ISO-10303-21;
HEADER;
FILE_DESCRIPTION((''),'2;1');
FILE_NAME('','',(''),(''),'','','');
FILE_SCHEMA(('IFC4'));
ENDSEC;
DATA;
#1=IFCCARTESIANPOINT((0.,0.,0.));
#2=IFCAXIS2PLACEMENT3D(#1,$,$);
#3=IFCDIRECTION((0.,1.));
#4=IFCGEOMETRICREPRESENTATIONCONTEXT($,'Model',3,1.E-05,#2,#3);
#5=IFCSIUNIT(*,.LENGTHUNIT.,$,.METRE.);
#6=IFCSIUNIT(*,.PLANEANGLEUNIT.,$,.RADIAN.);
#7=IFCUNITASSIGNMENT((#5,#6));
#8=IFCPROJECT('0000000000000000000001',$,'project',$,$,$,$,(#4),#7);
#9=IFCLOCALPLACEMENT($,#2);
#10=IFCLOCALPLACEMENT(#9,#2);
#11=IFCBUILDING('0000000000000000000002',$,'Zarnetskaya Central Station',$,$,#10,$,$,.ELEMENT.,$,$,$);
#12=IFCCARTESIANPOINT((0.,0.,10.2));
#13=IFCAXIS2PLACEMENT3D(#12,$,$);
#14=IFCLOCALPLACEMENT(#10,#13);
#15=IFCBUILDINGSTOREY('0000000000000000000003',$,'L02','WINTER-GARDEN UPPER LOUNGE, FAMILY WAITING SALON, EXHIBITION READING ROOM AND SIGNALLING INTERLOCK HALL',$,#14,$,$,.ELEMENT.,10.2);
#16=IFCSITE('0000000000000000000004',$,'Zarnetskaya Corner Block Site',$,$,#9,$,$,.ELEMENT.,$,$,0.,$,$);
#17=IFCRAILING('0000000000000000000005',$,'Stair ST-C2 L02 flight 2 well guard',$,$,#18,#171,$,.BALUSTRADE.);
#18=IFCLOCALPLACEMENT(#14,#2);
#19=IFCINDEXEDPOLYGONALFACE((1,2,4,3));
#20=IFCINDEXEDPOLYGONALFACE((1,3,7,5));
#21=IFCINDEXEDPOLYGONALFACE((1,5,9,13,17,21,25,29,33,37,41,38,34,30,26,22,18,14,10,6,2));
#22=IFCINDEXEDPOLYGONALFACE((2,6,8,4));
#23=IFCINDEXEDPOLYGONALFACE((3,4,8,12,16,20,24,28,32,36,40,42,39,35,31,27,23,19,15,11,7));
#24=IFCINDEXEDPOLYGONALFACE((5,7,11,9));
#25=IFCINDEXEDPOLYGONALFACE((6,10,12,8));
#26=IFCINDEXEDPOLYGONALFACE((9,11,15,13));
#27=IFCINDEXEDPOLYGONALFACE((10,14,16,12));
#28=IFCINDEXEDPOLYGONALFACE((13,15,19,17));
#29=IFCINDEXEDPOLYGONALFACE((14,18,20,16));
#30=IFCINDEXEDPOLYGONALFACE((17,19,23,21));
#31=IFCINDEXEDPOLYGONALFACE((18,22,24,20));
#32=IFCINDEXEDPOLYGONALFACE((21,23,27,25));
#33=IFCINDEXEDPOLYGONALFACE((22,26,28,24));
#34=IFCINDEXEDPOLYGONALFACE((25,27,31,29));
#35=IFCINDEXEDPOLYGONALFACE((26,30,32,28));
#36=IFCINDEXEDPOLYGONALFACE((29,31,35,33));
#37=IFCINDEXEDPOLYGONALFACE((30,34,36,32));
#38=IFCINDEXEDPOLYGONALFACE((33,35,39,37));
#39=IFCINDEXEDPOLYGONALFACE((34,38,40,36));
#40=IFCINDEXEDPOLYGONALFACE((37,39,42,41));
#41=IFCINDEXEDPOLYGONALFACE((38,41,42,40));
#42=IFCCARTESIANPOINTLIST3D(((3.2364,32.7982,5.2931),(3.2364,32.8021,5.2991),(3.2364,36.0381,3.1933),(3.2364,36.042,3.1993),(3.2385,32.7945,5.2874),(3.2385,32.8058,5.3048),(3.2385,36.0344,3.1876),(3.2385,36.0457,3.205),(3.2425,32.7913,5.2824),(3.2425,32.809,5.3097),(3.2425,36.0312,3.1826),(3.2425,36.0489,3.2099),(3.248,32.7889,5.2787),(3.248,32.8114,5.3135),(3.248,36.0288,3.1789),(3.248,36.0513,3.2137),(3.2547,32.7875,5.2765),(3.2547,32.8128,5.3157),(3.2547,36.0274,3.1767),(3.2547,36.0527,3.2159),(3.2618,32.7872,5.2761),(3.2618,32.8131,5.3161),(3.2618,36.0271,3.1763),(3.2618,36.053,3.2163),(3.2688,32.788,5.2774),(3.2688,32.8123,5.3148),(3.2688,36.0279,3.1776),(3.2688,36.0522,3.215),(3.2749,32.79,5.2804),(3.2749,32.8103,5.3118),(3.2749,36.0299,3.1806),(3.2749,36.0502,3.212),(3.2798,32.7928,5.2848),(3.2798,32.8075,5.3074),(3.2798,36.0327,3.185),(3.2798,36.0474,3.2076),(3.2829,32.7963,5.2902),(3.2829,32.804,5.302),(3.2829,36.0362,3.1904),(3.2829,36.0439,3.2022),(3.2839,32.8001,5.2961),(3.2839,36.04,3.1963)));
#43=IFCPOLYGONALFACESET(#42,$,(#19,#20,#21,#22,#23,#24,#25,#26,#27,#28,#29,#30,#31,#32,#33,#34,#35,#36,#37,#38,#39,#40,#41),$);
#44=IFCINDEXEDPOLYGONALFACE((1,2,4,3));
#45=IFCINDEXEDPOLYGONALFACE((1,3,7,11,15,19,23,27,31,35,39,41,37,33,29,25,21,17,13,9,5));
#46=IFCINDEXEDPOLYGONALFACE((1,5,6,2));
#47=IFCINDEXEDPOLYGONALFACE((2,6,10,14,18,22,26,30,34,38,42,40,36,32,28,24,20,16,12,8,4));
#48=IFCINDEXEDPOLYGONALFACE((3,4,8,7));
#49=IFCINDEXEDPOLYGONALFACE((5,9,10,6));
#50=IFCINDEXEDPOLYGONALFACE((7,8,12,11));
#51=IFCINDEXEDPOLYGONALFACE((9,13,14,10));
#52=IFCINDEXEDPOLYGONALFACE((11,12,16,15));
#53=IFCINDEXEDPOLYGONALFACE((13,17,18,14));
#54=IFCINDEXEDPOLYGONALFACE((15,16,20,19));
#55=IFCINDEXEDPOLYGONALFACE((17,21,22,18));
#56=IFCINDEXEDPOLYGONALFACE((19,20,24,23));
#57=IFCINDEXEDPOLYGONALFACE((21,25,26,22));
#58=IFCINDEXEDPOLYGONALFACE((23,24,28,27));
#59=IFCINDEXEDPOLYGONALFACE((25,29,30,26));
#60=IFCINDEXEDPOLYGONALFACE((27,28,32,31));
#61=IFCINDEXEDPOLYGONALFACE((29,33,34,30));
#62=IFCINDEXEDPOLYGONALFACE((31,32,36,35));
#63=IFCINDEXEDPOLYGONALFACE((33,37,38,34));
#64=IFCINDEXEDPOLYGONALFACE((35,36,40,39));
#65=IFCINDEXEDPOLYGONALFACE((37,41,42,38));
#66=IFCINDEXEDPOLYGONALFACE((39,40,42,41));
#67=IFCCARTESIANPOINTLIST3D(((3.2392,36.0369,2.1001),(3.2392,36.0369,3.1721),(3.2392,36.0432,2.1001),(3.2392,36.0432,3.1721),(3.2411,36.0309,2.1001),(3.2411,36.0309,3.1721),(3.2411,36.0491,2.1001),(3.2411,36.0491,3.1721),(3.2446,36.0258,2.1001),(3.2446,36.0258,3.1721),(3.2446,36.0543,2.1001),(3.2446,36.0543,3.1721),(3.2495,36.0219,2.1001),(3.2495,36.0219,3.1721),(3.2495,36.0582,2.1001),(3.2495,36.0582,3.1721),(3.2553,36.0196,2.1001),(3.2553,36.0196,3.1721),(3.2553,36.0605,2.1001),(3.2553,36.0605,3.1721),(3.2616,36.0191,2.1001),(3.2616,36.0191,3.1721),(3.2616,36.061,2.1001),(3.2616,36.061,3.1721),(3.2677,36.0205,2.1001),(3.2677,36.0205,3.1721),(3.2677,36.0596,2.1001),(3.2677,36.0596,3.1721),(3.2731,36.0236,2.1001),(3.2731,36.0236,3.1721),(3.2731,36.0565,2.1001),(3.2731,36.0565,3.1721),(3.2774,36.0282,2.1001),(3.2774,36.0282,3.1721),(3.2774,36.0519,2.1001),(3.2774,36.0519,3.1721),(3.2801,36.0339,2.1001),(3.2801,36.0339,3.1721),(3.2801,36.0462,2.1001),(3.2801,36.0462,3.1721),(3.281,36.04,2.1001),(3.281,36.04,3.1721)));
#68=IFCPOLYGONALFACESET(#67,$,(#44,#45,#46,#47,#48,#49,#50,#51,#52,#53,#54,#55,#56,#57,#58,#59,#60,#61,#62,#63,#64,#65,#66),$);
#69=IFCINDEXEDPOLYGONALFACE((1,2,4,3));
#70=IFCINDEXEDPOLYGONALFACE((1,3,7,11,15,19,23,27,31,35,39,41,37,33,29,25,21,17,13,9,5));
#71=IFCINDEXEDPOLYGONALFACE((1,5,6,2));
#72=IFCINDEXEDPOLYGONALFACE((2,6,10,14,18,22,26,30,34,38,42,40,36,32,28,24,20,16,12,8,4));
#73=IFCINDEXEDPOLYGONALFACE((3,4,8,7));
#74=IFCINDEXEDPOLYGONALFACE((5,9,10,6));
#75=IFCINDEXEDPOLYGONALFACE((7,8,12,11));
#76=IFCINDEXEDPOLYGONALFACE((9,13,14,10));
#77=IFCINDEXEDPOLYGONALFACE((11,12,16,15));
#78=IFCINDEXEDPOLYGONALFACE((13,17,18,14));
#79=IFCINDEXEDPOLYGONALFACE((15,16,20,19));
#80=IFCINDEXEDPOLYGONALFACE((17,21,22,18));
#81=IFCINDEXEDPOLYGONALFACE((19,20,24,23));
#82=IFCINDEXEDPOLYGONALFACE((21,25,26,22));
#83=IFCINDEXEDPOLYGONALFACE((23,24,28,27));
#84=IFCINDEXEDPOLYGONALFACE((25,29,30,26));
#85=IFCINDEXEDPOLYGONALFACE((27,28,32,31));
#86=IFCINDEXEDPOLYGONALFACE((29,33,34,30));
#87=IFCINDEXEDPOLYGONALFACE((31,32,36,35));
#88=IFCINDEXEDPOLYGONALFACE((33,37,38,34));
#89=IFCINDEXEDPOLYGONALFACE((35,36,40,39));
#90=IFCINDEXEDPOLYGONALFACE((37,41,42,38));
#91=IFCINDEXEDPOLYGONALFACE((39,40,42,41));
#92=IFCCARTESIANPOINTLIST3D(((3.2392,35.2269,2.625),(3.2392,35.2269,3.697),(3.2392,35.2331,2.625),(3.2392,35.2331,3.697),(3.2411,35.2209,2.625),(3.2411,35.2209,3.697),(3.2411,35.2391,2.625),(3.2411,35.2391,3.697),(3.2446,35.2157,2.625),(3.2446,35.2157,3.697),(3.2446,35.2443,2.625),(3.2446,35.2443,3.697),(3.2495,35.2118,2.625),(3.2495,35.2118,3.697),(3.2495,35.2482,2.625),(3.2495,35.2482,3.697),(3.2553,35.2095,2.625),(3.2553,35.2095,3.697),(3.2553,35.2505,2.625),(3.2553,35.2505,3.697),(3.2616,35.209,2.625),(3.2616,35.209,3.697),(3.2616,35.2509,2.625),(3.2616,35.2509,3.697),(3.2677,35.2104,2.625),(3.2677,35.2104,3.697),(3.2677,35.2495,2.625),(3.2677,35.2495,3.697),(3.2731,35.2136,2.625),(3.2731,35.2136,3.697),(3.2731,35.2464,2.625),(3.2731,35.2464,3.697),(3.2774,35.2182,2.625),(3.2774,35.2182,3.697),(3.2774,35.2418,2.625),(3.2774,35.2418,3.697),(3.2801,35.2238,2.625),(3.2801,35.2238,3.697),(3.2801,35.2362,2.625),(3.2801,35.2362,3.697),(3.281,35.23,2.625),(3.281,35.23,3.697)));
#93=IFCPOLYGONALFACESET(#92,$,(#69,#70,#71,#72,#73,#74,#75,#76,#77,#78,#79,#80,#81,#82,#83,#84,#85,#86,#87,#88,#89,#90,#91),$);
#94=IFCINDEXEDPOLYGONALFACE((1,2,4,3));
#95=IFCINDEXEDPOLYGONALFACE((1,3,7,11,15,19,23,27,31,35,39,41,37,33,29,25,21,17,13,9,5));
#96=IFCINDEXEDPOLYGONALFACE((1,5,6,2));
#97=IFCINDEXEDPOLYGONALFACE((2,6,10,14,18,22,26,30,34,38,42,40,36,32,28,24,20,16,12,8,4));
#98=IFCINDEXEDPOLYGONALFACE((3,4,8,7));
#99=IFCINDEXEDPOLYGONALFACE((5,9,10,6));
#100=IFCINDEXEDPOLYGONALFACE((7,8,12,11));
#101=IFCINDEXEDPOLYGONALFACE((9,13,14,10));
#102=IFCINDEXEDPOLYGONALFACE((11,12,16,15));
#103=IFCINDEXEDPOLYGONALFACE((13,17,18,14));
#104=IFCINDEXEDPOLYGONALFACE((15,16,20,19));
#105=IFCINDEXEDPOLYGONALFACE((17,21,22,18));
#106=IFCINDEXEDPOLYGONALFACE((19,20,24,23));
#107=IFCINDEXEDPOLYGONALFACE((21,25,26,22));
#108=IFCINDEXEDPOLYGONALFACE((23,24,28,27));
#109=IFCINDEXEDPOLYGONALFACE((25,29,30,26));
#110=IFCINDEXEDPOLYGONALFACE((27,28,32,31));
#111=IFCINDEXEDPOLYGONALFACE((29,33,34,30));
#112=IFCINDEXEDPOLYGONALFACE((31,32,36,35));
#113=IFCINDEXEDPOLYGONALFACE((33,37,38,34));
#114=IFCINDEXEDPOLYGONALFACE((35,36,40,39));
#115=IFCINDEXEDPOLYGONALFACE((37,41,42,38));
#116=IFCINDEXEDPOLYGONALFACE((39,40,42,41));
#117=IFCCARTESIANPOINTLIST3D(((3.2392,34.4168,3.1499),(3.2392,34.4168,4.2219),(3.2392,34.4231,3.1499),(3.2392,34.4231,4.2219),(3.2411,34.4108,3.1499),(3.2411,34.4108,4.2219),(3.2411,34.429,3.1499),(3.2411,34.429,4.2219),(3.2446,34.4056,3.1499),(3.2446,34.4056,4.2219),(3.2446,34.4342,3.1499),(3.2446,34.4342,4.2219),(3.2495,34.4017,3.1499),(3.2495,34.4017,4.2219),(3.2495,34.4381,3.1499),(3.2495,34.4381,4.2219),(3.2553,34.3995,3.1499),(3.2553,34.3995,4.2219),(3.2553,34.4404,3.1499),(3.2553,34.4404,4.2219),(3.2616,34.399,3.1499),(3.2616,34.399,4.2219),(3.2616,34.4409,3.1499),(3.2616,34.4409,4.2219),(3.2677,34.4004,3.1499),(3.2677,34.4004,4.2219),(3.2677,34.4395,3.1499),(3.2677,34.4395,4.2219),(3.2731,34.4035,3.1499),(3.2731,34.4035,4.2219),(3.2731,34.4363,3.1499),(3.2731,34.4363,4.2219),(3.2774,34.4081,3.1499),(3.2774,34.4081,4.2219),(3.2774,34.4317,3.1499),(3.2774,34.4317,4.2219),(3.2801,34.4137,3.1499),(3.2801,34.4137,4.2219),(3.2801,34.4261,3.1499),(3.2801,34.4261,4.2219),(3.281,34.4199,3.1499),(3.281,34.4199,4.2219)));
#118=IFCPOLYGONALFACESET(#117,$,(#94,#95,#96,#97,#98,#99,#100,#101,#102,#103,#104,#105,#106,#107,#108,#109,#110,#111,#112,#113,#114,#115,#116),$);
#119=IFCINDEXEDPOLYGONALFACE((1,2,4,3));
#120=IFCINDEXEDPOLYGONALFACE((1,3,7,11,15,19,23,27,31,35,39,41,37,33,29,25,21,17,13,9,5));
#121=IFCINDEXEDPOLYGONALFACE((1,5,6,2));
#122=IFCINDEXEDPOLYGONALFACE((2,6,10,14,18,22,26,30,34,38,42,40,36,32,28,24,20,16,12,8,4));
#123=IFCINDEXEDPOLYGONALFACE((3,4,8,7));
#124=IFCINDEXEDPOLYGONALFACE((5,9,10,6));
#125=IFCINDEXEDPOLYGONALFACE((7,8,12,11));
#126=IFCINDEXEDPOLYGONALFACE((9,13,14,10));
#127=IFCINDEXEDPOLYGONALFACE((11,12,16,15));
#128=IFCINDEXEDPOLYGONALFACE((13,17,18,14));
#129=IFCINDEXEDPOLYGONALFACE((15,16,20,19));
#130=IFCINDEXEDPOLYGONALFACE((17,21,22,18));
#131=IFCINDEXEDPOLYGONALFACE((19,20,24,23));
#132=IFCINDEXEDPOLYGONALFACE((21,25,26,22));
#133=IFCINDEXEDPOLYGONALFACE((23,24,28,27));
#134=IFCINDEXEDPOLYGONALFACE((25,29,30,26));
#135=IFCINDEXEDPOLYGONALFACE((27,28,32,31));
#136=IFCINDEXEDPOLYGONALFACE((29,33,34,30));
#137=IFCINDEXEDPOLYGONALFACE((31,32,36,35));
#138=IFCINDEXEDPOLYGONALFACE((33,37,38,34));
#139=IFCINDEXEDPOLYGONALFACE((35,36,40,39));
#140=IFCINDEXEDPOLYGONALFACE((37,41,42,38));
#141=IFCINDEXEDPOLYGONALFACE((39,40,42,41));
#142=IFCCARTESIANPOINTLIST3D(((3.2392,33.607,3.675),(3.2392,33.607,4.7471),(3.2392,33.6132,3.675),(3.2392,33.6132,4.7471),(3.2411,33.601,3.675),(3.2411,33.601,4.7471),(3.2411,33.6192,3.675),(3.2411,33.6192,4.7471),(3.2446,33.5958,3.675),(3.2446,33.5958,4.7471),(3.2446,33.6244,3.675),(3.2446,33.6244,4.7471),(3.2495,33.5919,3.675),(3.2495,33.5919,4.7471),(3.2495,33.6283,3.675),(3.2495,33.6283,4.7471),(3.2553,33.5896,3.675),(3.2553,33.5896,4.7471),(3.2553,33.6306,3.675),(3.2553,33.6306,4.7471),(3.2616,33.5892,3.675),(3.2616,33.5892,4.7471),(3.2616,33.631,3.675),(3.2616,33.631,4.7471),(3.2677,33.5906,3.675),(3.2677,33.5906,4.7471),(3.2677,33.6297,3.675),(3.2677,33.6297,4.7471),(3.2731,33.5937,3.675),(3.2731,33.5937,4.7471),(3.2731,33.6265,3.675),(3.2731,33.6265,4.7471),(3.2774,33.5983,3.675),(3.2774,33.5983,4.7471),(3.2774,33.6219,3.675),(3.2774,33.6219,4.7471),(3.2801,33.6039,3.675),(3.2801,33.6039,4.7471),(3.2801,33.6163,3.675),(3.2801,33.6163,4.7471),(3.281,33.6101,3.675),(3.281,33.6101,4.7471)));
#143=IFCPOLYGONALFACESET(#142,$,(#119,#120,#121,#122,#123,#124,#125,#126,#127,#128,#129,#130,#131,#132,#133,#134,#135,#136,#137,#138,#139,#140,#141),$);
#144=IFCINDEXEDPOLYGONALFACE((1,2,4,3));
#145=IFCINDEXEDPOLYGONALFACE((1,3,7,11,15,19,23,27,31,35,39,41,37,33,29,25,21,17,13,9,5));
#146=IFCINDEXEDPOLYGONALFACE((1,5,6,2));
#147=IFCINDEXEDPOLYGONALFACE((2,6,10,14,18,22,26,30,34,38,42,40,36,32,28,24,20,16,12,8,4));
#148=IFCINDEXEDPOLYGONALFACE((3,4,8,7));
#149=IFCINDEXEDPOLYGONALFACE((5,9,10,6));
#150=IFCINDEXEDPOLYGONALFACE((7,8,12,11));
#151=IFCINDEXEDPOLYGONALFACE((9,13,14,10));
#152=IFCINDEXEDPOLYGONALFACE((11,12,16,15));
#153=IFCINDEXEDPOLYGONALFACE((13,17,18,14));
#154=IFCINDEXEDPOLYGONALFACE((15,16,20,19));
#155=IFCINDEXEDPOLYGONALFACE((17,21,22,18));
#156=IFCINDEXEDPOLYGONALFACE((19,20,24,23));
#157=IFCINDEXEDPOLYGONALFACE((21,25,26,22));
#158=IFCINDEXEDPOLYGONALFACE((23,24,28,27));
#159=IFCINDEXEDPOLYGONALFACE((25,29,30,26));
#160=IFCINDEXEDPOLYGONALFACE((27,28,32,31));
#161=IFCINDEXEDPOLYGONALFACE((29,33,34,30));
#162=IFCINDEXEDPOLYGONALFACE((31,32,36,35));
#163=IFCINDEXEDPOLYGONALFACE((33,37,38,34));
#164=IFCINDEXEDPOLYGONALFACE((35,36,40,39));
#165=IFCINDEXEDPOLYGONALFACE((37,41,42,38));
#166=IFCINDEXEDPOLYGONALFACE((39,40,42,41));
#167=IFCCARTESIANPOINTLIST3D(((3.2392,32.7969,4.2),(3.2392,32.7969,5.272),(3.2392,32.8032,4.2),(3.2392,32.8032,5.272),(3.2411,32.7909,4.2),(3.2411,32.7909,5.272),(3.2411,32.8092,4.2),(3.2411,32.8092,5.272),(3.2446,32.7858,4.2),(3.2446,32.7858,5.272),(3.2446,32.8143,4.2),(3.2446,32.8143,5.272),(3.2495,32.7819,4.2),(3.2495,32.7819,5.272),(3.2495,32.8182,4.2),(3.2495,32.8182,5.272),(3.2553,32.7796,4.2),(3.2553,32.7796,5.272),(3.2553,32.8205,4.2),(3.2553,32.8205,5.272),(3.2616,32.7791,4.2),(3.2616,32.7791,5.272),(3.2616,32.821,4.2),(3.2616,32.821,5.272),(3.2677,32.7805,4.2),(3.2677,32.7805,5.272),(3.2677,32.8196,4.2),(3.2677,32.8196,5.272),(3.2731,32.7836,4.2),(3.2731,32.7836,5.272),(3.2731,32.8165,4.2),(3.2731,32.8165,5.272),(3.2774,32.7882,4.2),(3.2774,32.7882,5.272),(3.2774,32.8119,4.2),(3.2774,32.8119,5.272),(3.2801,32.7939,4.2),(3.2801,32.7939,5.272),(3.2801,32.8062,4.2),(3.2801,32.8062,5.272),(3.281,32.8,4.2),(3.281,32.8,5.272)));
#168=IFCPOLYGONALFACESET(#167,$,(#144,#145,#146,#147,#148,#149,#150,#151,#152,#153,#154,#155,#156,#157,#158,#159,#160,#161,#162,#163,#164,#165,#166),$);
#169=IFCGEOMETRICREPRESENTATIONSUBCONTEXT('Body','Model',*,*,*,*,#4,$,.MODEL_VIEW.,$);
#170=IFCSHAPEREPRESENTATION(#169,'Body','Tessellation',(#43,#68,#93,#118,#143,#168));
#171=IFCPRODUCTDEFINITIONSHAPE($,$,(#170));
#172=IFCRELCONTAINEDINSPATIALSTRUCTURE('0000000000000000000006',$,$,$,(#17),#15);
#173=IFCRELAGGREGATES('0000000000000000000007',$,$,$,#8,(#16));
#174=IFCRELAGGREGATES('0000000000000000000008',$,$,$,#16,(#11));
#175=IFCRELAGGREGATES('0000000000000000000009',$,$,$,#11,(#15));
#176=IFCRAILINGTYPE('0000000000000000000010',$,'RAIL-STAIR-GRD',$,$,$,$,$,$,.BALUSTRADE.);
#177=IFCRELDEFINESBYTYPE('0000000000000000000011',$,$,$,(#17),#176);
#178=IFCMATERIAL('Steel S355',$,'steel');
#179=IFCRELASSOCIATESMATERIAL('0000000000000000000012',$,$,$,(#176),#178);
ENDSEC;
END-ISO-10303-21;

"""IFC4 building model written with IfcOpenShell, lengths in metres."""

from ifc_helpers import new_model, si_unit, direction, frame, origin, origin_2d, place, context, subcontext, project, spatial, circle, extrude, material, type_object, element, save


model = new_model("IFC4")

# Units and contexts
model_context = context("Model", 3, precision=1e-05, world=origin(), true_north=direction((0.0, 1.0)))
body_context = subcontext(model_context, "Body", "Model", "MODEL_VIEW")
ifc_project = project(units=[si_unit("LENGTHUNIT", "METRE"), si_unit("PLANEANGLEUNIT", "RADIAN")], contexts=[model_context])

# Site, building, storey
site_placement = place(None, origin())
site = spatial("IfcSite", under=ifc_project, at=site_placement, Name="Zarnetskaya Corner Block Site", CompositionType="ELEMENT", RefElevation=0.0)
building_placement = place(site_placement, origin())
building = spatial("IfcBuilding", under=site, at=building_placement, Name="Zarnetskaya Central Station", CompositionType="ELEMENT")
storey_placement = place(building_placement, frame((0.0, 0.0, 10.2)))
storey = spatial("IfcBuildingStorey", under=building, at=storey_placement, Name="L02", Description="WINTER-GARDEN UPPER LOUNGE, FAMILY WAITING SALON, EXHIBITION READING ROOM AND SIGNALLING INTERLOCK HALL", CompositionType="ELEMENT", Elevation=10.2)

# Shared definitions
ifc_material_1 = material(Name="Steel S355", Category="steel")

# Railing
railing_type_1 = type_object("IfcRailingType", Name="RAIL-STAIR-GRD", PredefinedType="BALUSTRADE", material=ifc_material_1)
railing_1_placement = place(storey_placement, frame((3.26, 36.04, 2.1001)))
element("IfcRailing", 1, at=railing_1_placement, inside=storey, type_object=railing_type_1, Name="Stair ST-C2 L02 flight 2 well guard", PredefinedType="BALUSTRADE", context=body_context, shape_type="SweptSolid", body=[
    extrude(circle(Radius=0.0239, at=origin_2d()), frame((0.0, 0.0, 1.0962), z_axis=(0.0, -0.83917, 0.54387), x_axis=(1.0, 0.0, 0.0)), (0.0, 0.0, 1.0), 3.8608),
    extrude(circle(Radius=0.021, at=origin_2d()), origin(), (0.0, 0.0, 1.0), 1.072),
    extrude(circle(Radius=0.021, at=origin_2d()), frame((0.0, -0.8101, 0.5249)), (0.0, 0.0, 1.0), 1.072),
    extrude(circle(Radius=0.021, at=origin_2d()), frame((0.0, -1.6201, 1.0498)), (0.0, 0.0, 1.0), 1.072),
    extrude(circle(Radius=0.021, at=origin_2d()), frame((0.0, -2.4299, 1.575)), (0.0, 0.0, 1.0), 1.072),
    extrude(circle(Radius=0.021, at=origin_2d()), frame((0.0, -3.24, 2.0999)), (0.0, 0.0, 1.0), 1.072),
])

save(model, "model.ifc")
